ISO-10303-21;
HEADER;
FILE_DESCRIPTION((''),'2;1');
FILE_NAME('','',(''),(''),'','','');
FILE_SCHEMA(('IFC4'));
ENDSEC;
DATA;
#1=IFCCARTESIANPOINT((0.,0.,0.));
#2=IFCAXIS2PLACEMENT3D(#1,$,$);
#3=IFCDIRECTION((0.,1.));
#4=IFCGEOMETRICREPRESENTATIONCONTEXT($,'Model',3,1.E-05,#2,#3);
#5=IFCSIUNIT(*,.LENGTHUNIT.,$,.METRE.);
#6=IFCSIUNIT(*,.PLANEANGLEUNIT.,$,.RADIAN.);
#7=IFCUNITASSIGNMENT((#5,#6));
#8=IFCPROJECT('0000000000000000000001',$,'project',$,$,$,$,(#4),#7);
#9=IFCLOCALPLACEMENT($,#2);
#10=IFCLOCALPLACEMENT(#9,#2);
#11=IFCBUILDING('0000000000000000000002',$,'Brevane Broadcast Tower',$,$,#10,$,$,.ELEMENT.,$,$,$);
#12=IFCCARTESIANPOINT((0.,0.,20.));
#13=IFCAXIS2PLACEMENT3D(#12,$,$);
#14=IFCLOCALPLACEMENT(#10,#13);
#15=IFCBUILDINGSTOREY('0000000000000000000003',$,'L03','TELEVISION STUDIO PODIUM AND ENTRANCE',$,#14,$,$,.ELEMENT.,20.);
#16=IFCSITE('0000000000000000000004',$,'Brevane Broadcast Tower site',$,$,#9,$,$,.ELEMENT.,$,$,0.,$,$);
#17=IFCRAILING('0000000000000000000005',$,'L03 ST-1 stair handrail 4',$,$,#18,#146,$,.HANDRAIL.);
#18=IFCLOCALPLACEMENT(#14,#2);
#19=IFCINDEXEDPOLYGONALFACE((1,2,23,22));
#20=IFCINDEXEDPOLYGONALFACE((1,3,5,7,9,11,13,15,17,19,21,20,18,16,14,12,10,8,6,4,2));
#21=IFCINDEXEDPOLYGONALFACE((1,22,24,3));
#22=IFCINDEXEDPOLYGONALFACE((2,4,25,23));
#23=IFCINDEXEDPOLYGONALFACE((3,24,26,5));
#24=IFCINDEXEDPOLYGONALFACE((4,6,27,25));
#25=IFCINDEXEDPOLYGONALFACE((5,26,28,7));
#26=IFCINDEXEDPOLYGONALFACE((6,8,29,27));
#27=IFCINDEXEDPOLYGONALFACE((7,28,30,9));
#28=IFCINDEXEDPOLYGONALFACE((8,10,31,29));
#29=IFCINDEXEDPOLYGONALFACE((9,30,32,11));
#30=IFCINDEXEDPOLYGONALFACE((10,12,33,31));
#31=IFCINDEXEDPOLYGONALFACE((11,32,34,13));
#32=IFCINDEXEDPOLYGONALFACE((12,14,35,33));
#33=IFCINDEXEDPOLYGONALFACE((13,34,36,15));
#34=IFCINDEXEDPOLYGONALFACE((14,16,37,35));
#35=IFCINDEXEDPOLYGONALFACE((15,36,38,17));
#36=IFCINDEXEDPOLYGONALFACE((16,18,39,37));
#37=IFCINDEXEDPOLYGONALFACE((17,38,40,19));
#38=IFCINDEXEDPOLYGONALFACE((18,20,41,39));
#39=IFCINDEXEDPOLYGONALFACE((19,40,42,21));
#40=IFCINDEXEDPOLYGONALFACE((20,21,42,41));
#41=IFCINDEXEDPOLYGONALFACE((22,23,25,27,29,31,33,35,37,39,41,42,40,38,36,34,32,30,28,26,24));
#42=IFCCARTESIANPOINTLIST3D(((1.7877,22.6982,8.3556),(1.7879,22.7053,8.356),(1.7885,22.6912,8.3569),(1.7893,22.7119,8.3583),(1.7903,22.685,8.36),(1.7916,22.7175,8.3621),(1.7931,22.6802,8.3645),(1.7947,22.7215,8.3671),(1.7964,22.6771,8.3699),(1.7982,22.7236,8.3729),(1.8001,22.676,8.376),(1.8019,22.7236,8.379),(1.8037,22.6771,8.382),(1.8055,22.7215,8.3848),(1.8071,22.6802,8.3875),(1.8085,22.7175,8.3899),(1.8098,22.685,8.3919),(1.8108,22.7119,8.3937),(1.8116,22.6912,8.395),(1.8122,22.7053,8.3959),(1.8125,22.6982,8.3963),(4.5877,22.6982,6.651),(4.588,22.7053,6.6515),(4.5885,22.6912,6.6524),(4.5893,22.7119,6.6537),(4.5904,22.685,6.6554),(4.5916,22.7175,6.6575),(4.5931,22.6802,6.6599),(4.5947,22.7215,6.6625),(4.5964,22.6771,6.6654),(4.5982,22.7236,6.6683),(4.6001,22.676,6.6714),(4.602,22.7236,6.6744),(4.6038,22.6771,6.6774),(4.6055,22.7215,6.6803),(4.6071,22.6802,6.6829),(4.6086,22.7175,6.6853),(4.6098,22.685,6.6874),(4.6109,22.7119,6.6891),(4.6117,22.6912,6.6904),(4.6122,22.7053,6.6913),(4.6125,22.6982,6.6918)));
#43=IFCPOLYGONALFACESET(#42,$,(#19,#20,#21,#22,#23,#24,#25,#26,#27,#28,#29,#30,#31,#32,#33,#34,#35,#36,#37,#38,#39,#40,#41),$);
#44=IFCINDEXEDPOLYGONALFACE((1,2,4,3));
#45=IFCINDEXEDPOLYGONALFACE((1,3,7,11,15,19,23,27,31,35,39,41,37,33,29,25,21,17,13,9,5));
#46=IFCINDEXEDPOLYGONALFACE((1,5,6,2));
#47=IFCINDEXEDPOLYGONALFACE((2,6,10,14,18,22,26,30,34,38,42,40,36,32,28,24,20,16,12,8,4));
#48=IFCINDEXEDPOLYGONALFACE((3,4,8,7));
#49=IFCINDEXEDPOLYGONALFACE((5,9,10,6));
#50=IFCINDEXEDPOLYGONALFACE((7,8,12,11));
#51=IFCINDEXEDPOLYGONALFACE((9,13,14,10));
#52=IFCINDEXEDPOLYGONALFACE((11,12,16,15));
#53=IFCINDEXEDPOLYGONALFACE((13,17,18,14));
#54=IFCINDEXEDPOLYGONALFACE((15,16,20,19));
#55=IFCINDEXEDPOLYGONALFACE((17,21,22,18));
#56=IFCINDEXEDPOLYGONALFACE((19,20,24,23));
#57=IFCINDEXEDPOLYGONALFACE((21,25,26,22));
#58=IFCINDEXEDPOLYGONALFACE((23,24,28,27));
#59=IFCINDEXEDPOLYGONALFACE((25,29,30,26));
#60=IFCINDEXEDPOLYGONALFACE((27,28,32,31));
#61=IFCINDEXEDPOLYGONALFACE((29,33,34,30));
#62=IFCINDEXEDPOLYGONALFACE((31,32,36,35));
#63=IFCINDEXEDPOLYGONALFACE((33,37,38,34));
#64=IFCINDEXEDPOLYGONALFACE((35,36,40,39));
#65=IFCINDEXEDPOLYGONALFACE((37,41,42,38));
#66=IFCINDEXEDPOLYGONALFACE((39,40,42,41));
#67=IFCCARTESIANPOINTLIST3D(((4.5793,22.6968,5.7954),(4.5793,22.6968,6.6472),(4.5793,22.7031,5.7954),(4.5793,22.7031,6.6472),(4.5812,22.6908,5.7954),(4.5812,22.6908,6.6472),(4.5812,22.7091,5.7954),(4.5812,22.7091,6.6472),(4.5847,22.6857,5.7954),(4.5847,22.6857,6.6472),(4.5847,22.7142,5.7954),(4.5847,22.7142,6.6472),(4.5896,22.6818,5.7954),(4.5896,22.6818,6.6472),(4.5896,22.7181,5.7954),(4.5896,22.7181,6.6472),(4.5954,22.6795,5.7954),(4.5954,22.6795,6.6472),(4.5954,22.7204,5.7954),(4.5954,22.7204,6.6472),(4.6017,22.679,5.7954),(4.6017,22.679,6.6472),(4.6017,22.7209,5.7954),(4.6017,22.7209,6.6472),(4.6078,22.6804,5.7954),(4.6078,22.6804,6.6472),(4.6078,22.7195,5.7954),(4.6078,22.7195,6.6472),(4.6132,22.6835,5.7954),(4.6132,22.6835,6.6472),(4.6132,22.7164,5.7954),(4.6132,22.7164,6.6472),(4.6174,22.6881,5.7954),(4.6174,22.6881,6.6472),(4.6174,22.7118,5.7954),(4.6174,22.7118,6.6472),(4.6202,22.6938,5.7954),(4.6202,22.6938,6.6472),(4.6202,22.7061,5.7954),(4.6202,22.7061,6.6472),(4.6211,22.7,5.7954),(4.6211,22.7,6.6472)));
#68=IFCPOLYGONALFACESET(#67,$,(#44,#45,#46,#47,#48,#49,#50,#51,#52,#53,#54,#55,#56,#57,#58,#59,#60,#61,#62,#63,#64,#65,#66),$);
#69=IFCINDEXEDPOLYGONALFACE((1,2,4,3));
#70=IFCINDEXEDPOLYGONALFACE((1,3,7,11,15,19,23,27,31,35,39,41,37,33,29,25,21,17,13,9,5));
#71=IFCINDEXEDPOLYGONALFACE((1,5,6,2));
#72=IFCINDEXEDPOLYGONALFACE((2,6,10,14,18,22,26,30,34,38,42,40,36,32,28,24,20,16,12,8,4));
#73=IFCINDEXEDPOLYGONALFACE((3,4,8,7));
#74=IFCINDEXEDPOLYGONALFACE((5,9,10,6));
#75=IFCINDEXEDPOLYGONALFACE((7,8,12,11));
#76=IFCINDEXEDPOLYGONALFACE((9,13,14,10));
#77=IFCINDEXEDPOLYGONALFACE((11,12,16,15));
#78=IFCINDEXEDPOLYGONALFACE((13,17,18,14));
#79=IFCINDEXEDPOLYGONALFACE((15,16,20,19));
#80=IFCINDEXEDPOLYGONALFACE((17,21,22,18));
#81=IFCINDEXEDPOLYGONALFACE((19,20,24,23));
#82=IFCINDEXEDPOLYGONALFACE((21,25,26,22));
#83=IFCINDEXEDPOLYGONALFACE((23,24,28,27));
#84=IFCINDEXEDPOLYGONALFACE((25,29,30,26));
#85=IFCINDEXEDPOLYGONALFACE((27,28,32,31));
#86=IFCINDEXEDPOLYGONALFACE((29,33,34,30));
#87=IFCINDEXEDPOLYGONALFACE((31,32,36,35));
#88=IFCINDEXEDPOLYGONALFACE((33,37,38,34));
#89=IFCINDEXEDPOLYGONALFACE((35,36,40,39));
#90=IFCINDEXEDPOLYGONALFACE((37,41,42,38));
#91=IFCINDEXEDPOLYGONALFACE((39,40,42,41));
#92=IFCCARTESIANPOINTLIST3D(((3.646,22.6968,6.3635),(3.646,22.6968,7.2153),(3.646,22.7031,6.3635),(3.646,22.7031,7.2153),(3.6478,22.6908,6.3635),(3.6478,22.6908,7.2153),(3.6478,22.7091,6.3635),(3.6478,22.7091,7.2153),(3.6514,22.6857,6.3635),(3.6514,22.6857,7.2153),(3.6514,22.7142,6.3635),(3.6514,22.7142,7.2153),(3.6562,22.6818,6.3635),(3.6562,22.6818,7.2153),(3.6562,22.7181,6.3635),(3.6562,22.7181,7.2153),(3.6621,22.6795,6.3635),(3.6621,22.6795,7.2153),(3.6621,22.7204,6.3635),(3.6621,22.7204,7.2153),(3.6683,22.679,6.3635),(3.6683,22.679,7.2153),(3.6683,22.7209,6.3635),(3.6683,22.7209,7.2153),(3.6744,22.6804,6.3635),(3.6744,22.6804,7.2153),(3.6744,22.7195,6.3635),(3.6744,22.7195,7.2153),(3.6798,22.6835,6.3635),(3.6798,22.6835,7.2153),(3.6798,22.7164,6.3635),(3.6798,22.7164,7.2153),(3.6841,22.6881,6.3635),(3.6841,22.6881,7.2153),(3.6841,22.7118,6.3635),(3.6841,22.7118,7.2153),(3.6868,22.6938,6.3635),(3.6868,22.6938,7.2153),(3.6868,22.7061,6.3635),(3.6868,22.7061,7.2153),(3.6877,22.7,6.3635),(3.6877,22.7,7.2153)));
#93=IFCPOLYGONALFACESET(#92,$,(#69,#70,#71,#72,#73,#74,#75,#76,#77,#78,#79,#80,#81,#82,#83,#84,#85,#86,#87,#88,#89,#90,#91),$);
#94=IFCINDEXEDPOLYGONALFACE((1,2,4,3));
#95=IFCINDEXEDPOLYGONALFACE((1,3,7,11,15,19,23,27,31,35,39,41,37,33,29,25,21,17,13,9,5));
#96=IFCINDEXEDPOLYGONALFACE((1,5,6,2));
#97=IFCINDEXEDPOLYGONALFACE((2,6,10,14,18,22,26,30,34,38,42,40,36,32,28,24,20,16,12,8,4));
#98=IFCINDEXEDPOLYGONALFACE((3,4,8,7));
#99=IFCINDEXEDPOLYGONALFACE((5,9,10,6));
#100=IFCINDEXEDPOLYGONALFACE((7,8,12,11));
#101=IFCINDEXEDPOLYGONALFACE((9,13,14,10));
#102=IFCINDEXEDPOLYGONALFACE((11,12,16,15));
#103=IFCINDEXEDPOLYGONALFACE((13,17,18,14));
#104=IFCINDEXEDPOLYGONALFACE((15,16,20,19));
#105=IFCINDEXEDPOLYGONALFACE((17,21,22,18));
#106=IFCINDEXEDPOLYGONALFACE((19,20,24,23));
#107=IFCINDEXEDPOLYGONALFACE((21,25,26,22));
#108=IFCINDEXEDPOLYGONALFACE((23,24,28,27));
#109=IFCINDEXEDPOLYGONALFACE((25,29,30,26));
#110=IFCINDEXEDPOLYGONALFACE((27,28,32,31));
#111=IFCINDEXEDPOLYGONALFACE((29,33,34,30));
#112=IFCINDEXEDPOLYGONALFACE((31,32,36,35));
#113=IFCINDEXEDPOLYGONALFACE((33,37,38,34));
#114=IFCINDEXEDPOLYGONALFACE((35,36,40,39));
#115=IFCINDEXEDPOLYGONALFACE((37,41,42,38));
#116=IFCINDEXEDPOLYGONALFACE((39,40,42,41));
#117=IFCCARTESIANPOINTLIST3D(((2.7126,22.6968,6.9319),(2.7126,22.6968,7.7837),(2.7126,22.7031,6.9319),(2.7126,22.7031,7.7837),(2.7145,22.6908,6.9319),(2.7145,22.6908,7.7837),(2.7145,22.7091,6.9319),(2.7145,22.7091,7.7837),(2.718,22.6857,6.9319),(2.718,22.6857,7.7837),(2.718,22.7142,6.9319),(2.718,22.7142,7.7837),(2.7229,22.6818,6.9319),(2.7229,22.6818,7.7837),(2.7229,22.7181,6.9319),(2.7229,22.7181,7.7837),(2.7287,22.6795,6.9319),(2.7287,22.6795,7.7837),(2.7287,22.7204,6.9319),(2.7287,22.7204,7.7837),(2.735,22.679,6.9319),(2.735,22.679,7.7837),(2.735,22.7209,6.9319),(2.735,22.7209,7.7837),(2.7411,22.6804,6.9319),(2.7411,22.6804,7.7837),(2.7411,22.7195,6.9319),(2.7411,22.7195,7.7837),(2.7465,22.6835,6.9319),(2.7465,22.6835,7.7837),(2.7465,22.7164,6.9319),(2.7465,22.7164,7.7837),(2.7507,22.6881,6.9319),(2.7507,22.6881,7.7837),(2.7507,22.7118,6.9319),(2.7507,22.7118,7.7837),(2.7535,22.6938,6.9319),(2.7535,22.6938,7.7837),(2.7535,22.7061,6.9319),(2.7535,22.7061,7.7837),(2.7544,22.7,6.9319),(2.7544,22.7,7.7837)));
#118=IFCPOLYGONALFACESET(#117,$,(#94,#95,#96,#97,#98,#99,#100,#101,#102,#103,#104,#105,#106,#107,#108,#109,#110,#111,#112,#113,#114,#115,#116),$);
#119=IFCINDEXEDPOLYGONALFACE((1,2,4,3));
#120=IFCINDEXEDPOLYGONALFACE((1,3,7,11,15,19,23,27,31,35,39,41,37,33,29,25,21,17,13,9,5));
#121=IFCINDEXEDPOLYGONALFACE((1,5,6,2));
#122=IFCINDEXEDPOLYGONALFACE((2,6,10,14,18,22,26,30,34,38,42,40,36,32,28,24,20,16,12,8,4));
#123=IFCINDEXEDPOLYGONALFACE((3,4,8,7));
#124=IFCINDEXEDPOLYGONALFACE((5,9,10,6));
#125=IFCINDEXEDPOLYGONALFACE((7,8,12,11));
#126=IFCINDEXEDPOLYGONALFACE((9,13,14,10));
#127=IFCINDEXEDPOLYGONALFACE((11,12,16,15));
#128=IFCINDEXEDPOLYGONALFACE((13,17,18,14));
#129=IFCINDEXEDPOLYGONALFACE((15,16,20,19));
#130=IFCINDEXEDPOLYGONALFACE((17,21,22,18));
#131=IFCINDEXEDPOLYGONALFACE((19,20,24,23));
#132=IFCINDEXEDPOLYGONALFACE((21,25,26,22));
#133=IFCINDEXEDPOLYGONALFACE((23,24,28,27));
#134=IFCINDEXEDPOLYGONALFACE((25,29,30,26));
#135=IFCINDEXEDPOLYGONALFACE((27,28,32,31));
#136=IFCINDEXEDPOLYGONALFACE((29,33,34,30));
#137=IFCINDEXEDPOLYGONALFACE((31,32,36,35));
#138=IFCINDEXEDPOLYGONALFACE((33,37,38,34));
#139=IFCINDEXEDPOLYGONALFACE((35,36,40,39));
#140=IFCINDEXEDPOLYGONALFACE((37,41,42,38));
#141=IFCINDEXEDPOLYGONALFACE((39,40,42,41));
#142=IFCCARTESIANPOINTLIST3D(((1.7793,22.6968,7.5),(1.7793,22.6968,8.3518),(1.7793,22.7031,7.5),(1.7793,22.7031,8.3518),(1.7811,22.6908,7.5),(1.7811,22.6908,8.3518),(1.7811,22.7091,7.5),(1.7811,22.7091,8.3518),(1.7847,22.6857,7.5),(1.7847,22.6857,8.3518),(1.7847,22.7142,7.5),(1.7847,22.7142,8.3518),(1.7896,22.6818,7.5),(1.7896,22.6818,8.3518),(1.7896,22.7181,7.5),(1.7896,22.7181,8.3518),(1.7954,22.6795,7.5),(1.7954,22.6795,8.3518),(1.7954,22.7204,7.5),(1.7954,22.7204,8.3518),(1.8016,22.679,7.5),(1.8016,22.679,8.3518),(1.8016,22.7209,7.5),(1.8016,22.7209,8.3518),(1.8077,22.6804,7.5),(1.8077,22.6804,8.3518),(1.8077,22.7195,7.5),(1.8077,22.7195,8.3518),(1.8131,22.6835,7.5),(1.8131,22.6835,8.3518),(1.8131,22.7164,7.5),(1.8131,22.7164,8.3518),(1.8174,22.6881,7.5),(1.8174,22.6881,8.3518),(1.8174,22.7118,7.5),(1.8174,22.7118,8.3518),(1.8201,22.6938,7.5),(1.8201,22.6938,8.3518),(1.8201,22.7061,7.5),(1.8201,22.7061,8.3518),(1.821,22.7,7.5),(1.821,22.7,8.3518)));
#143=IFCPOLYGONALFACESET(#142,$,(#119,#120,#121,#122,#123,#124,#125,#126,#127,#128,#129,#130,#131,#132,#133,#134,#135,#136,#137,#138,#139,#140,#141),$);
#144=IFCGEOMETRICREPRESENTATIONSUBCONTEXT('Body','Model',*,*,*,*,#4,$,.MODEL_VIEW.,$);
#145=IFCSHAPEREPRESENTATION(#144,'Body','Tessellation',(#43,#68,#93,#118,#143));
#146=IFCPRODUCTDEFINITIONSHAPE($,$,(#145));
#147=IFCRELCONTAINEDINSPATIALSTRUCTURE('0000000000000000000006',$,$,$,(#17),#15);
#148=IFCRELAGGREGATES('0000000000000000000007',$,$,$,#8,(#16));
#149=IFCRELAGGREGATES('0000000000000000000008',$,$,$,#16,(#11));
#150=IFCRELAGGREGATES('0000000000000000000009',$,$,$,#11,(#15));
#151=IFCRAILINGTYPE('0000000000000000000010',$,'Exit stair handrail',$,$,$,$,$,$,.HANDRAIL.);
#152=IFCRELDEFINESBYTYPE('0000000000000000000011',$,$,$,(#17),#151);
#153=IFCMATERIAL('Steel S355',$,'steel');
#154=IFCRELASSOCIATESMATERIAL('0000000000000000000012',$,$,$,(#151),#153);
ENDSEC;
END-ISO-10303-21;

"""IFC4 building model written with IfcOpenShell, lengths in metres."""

from ifc_helpers import new_model, si_unit, direction, frame, origin, origin_2d, place, context, subcontext, project, spatial, circle, extrude, material, type_object, element, save


model = new_model("IFC4")

# Units and contexts
model_context = context("Model", 3, precision=1e-05, world=origin(), true_north=direction((0.0, 1.0)))
body_context = subcontext(model_context, "Body", "Model", "MODEL_VIEW")
ifc_project = project(units=[si_unit("LENGTHUNIT", "METRE"), si_unit("PLANEANGLEUNIT", "RADIAN")], contexts=[model_context])

# Site, building, storey
site_placement = place(None, origin())
site = spatial("IfcSite", under=ifc_project, at=site_placement, Name="Brevane Broadcast Tower site", CompositionType="ELEMENT", RefElevation=0.0)
building_placement = place(site_placement, origin())
building = spatial("IfcBuilding", under=site, at=building_placement, Name="Brevane Broadcast Tower", CompositionType="ELEMENT")
storey_placement = place(building_placement, frame((0.0, 0.0, 20.0)))
storey = spatial("IfcBuildingStorey", under=building, at=storey_placement, Name="L03", Description="TELEVISION STUDIO PODIUM AND ENTRANCE", CompositionType="ELEMENT", Elevation=20.0)

# Railing
ifc_material_1 = material(Name="Steel S355", Category="steel")
railing_type_1 = type_object("IfcRailingType", Name="Exit stair handrail", PredefinedType="HANDRAIL", material=ifc_material_1)
railing_1_placement = place(storey_placement, frame((4.6001, 22.7, 5.7954)))
element("IfcRailing", 1, at=railing_1_placement, inside=storey, type_object=railing_type_1, Name="L03 ST-1 stair handrail 4", PredefinedType="HANDRAIL", context=body_context, shape_type="SweptSolid", body=[
    extrude(circle(Radius=0.0239, at=origin_2d()), frame((0.0, 0.0, 0.876), z_axis=(-0.85417, 0.0, 0.519994), x_axis=(0.0, -1.0, 0.0)), (0.0, 0.0, 1.0), 3.2781),
    extrude(circle(Radius=0.021, at=origin_2d()), origin(), (0.0, 0.0, 1.0), 0.8518),
    extrude(circle(Radius=0.021, at=origin_2d()), frame((-0.9333, 0.0, 0.5681)), (0.0, 0.0, 1.0), 0.8518),
    extrude(circle(Radius=0.021, at=origin_2d()), frame((-1.8667, 0.0, 1.1365)), (0.0, 0.0, 1.0), 0.8518),
    extrude(circle(Radius=0.021, at=origin_2d()), frame((-2.8, 0.0, 1.7046)), (0.0, 0.0, 1.0), 0.8518),
])

save(model, "model.ifc")
